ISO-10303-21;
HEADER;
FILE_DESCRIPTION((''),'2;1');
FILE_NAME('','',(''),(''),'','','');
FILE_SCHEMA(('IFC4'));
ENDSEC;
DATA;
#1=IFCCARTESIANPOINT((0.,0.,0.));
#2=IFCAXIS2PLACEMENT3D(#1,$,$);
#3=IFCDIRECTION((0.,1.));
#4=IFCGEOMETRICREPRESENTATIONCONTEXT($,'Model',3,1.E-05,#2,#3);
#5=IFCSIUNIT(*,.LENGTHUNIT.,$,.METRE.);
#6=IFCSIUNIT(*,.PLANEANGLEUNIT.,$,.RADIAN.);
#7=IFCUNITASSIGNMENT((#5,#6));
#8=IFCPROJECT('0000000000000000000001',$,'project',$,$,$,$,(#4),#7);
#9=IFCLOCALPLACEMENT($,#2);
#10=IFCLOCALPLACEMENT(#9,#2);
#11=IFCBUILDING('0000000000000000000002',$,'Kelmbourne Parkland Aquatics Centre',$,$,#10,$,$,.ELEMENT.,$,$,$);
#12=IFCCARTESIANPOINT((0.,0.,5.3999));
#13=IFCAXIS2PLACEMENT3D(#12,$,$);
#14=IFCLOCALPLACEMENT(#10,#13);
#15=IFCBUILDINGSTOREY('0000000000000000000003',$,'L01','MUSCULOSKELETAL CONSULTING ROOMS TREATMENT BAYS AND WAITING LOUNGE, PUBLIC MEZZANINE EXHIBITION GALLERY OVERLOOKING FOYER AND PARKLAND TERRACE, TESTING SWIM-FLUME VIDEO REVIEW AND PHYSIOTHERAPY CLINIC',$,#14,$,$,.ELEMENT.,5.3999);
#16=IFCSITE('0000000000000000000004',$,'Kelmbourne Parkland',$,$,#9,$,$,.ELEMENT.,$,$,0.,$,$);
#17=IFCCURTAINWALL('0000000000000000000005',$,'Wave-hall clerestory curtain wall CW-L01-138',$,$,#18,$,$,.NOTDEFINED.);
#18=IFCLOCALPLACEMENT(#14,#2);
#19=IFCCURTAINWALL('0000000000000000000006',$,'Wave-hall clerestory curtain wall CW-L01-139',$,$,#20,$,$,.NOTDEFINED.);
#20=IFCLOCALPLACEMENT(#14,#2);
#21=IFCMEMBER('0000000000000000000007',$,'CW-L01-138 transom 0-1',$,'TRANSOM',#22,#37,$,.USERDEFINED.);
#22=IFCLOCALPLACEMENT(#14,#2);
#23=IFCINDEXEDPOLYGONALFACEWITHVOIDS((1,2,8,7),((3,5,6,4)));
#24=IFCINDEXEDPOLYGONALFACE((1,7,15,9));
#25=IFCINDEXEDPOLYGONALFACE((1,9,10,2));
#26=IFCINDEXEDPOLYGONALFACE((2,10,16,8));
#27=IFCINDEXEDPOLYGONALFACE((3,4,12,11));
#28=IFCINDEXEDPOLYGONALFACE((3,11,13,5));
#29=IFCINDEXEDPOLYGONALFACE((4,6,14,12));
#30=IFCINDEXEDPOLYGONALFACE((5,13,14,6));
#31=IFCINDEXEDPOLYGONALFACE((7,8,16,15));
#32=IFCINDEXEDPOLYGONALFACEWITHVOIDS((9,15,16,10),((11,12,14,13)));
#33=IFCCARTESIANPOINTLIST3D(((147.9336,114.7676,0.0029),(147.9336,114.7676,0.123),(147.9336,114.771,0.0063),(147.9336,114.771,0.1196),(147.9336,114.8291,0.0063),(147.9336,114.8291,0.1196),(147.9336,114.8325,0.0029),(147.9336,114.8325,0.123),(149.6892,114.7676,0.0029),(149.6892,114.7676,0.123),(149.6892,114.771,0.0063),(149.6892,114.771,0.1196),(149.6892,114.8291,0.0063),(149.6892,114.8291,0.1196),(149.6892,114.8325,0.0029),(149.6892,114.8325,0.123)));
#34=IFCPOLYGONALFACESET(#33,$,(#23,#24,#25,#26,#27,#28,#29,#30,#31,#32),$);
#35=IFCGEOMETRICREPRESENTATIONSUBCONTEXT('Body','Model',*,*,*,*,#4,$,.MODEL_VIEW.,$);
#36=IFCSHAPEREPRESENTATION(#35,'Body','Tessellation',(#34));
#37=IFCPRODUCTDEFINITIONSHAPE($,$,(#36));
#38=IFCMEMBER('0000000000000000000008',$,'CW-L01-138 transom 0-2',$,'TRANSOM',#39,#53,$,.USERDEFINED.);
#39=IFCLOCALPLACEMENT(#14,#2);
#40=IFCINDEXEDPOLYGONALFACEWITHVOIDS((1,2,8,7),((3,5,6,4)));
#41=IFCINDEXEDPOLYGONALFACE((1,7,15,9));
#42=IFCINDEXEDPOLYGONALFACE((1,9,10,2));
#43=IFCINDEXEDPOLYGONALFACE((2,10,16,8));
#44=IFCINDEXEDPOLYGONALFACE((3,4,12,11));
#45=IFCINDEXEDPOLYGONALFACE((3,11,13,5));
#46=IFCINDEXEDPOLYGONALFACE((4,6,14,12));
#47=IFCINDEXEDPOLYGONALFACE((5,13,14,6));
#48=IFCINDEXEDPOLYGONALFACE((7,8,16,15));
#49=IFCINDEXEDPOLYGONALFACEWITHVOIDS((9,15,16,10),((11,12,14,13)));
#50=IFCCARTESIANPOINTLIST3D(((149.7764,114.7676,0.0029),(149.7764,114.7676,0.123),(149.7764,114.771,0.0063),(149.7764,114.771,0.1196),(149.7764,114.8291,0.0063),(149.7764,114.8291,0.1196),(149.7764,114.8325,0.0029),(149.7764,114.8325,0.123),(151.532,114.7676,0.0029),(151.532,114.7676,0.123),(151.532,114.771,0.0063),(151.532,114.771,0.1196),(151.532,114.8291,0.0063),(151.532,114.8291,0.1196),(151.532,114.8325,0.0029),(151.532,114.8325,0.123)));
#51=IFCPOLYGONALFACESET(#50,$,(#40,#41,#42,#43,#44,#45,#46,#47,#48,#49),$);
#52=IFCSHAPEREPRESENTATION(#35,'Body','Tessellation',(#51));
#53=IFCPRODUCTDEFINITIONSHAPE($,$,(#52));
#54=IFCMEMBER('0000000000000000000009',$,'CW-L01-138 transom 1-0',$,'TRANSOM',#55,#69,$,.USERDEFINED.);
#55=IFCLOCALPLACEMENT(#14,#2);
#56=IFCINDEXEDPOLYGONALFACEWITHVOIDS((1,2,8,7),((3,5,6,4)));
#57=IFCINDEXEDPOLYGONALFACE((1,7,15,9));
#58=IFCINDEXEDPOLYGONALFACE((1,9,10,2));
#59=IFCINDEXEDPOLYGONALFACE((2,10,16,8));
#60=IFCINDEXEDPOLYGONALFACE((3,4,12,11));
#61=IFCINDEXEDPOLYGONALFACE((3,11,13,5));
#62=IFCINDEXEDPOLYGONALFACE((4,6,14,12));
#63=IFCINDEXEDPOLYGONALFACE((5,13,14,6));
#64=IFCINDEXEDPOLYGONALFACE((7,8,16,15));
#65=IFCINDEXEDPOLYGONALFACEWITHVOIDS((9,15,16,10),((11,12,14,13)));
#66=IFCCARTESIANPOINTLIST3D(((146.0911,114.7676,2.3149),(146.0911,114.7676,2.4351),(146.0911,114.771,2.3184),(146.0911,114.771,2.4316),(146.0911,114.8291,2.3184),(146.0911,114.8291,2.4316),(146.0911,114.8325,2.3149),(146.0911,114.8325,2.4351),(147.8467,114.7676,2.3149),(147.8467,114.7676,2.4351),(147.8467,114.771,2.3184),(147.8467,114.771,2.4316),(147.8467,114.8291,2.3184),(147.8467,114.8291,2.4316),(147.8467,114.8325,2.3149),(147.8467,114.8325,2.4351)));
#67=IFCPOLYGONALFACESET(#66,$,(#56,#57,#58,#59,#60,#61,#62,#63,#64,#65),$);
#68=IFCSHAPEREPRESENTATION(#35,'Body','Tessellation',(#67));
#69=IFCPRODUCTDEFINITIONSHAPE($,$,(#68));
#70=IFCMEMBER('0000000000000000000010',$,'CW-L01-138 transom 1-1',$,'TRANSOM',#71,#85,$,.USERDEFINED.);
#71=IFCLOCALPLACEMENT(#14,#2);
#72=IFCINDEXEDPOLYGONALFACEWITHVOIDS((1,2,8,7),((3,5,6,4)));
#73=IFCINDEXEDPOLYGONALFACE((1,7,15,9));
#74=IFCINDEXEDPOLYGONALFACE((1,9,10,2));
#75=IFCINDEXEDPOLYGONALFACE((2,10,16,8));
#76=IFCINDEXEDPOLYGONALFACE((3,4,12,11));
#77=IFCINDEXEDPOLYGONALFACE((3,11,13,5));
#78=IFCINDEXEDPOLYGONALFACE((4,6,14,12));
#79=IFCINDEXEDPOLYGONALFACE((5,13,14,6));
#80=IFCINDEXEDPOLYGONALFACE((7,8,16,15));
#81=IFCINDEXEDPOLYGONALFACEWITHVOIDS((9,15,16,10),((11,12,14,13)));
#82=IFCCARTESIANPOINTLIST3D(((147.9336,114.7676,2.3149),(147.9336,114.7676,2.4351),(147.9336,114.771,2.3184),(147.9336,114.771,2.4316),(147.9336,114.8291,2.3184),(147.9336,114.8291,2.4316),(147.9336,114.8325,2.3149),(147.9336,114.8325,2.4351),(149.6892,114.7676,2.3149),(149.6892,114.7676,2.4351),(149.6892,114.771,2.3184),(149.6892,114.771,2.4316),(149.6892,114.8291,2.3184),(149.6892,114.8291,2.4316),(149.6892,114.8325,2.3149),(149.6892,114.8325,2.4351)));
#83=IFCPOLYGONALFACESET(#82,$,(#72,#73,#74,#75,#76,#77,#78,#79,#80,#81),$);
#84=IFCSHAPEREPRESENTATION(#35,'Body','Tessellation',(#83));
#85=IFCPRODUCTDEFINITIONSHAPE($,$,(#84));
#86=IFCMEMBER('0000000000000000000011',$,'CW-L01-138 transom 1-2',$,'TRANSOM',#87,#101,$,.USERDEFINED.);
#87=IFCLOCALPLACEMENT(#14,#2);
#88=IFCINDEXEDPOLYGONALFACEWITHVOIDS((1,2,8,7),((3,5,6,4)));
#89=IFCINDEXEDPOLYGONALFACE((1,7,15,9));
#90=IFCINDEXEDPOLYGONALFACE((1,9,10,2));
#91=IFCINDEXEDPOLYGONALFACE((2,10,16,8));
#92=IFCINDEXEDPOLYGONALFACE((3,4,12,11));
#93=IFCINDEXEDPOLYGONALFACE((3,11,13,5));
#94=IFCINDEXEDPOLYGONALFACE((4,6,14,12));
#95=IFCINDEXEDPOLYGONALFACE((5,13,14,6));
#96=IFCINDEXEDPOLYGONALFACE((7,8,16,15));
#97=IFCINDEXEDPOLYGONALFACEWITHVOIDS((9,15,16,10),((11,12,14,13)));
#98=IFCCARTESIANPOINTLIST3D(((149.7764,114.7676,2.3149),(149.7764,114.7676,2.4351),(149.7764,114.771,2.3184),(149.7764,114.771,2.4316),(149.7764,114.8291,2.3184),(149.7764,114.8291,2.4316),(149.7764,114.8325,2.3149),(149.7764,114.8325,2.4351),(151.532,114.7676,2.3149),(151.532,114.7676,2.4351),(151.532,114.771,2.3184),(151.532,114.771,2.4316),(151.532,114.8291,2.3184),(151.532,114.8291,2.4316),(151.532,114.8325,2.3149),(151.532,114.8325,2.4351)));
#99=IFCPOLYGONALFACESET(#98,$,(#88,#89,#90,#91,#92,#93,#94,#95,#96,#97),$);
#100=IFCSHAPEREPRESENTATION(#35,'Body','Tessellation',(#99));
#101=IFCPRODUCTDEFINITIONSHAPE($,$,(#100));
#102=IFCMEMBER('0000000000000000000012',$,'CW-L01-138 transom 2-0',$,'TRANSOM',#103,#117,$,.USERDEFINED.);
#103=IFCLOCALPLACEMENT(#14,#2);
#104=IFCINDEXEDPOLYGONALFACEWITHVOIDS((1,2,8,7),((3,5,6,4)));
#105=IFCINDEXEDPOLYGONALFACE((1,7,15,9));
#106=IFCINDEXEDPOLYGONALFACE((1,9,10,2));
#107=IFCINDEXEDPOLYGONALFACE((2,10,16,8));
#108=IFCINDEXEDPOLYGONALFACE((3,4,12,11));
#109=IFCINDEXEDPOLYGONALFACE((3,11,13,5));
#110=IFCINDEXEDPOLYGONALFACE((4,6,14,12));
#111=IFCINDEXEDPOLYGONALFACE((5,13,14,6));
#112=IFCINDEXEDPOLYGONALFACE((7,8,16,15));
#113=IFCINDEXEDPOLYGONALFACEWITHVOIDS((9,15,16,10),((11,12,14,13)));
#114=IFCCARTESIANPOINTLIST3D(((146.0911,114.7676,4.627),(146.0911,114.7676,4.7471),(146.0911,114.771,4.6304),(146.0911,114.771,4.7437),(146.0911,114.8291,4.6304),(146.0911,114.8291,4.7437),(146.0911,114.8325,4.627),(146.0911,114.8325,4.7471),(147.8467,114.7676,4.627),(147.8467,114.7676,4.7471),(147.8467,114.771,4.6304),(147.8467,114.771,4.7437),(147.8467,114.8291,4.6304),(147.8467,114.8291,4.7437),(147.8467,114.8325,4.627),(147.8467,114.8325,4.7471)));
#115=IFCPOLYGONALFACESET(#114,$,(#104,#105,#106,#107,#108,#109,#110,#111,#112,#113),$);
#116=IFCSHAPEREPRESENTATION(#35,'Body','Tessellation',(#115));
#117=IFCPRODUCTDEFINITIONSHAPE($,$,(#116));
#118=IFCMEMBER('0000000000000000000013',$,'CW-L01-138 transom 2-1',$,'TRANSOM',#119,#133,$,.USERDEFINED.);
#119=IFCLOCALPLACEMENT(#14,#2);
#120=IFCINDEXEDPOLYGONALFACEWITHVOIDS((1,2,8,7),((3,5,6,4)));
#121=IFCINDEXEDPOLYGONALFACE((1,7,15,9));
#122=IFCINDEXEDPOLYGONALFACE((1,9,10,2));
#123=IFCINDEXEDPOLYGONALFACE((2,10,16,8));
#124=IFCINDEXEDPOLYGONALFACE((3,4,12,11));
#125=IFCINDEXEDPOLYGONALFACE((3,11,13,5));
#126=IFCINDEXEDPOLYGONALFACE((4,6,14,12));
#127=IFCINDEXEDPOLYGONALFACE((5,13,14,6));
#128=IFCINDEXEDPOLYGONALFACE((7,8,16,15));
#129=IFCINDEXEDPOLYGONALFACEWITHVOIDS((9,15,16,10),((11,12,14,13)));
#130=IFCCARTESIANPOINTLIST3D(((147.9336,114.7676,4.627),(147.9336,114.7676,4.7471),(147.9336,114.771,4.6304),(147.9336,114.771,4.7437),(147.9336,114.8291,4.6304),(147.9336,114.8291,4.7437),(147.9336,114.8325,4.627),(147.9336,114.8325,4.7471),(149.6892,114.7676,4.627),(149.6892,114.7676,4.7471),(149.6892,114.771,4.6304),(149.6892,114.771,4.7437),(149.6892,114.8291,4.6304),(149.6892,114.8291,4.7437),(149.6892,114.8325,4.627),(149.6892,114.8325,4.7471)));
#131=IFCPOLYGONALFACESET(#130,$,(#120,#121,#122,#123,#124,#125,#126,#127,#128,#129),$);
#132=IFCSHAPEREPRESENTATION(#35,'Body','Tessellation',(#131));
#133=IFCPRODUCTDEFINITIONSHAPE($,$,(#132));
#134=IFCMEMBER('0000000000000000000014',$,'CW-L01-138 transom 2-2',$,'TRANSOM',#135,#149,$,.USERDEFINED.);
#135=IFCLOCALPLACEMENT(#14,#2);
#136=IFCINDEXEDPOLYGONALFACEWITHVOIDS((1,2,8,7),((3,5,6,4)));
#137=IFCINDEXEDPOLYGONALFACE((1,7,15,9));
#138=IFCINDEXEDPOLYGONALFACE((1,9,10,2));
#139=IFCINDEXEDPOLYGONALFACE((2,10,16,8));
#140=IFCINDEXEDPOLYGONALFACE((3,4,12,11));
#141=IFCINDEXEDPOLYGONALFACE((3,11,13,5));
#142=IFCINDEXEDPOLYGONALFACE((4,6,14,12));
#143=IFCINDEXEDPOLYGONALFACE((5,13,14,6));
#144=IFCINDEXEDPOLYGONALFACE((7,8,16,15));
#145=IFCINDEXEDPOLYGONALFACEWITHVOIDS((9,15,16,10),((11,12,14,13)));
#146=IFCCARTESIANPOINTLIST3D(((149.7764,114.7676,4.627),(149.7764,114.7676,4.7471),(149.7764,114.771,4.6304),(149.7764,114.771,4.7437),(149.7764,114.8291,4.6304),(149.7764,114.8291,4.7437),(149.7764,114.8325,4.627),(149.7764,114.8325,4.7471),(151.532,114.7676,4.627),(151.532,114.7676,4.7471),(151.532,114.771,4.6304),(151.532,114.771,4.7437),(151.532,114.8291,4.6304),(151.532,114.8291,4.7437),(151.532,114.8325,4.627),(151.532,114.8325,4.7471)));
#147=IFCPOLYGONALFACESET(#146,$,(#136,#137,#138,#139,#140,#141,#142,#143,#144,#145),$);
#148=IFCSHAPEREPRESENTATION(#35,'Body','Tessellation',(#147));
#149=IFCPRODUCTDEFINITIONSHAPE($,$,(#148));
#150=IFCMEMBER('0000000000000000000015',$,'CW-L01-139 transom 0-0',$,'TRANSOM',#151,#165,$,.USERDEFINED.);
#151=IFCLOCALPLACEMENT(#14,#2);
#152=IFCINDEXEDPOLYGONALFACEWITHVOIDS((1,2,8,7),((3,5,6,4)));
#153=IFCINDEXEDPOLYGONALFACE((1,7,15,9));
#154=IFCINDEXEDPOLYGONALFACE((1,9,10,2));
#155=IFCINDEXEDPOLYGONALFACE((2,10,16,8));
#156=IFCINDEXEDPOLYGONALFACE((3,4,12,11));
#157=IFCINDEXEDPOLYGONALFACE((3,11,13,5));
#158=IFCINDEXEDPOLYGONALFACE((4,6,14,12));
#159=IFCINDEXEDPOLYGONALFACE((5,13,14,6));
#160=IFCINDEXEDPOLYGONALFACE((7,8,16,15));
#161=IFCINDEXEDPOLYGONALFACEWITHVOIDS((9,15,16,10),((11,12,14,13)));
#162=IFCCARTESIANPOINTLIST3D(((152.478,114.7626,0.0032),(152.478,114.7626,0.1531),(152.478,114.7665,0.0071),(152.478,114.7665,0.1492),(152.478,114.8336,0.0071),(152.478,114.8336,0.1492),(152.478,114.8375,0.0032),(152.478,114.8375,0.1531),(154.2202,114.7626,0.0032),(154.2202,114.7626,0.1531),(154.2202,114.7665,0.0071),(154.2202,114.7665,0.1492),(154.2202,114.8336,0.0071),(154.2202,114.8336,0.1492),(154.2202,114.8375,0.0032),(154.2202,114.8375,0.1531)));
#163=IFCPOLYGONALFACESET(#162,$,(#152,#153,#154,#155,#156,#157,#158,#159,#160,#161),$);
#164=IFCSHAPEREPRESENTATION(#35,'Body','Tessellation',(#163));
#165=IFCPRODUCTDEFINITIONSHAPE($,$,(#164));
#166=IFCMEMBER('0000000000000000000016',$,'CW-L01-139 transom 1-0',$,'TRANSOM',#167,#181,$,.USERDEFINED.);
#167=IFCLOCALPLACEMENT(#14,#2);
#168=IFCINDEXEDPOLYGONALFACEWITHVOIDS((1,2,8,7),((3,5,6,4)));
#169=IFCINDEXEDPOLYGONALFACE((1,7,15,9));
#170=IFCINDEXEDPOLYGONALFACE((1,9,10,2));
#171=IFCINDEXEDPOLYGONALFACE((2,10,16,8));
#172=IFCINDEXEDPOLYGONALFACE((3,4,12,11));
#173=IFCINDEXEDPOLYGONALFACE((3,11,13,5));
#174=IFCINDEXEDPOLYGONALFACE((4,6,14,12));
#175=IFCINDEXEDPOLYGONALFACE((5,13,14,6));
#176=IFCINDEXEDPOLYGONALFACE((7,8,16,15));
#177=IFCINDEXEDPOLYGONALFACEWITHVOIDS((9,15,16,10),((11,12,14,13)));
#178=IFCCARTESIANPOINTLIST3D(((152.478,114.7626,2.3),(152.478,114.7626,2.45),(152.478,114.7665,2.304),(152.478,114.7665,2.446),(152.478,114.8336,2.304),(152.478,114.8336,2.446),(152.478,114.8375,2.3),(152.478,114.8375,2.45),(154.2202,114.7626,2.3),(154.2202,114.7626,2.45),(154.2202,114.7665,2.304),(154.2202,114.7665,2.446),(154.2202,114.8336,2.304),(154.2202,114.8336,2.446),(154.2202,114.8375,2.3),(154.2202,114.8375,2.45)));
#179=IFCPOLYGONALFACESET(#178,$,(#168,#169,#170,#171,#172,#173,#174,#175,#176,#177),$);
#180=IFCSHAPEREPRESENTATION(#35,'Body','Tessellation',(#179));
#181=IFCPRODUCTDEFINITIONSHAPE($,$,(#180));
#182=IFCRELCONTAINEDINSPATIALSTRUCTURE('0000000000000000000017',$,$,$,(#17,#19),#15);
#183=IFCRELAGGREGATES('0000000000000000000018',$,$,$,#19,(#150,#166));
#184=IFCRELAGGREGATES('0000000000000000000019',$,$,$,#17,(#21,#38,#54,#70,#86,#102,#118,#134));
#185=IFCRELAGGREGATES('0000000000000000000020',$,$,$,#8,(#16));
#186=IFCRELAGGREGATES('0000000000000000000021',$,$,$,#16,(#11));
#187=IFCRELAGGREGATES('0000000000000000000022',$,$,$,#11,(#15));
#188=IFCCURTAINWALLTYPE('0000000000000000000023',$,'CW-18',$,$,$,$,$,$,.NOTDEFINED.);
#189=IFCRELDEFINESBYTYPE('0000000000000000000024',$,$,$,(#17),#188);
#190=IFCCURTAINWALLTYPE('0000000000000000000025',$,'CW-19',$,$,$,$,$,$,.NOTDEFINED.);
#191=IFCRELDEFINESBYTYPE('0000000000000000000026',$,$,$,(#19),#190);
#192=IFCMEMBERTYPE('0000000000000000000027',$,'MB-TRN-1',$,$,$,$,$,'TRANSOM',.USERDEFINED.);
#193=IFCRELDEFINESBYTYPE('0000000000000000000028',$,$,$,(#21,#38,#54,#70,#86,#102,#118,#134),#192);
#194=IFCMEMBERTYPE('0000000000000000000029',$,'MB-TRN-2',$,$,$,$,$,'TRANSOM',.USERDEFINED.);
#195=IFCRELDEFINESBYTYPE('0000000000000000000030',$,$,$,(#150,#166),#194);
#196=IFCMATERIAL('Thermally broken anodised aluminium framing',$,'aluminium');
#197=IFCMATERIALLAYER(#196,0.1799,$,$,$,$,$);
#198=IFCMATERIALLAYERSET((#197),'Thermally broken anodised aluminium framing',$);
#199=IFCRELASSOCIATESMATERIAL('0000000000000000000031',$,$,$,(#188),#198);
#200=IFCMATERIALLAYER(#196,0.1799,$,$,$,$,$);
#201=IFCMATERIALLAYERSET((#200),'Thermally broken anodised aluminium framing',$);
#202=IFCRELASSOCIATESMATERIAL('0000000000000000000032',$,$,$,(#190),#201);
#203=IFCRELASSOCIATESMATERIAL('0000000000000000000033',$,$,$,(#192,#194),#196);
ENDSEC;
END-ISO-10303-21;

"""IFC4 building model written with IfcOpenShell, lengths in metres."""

from ifc_helpers import new_model, si_unit, direction, frame, origin, origin_2d, place, context, subcontext, project, spatial, hollow_rectangle, extrude, material, layer, layer_set, material_profile, profile_set, type_object, element, aggregate, save


model = new_model("IFC4")

# Units and contexts
model_context = context("Model", 3, precision=1e-05, world=origin(), true_north=direction((0.0, 1.0)))
body_context = subcontext(model_context, "Body", "Model", "MODEL_VIEW")
ifc_project = project(units=[si_unit("LENGTHUNIT", "METRE"), si_unit("PLANEANGLEUNIT", "RADIAN")], contexts=[model_context])

# Site, building, storey
site_placement = place(None, origin())
site = spatial("IfcSite", under=ifc_project, at=site_placement, Name="Kelmbourne Parkland", CompositionType="ELEMENT", RefElevation=0.0)
building_placement = place(site_placement, origin())
building = spatial("IfcBuilding", under=site, at=building_placement, Name="Kelmbourne Parkland Aquatics Centre", CompositionType="ELEMENT")
storey_placement = place(building_placement, frame((0.0, 0.0, 5.3999)))
storey = spatial("IfcBuildingStorey", under=building, at=storey_placement, Name="L01", Description="MUSCULOSKELETAL CONSULTING ROOMS TREATMENT BAYS AND WAITING LOUNGE, PUBLIC MEZZANINE EXHIBITION GALLERY OVERLOOKING FOYER AND PARKLAND TERRACE, TESTING SWIM-FLUME VIDEO REVIEW AND PHYSIOTHERAPY CLINIC", CompositionType="ELEMENT", Elevation=5.3999)

# Curtain wall
ifc_material_1 = material(Name="Thermally broken anodised aluminium framing", Category="aluminium")
ifc_layer_1 = layer(ifc_material_1, 0.1799)
ifc_layer_set_1 = layer_set([ifc_layer_1], Name="Thermally broken anodised aluminium framing")
curtain_wall_type_1 = type_object("IfcCurtainWallType", Name="CW-18", PredefinedType="NOTDEFINED", material=ifc_layer_set_1)
curtain_wall_1_placement = place(storey_placement, origin())
curtain_wall_1 = element("IfcCurtainWall", 1, at=curtain_wall_1_placement, inside=storey, type_object=curtain_wall_type_1, Name="Wave-hall clerestory curtain wall CW-L01-138", PredefinedType="NOTDEFINED")

# Curtain wall
ifc_layer_2 = layer(ifc_material_1, 0.1799)
ifc_layer_set_2 = layer_set([ifc_layer_2], Name="Thermally broken anodised aluminium framing")
curtain_wall_type_2 = type_object("IfcCurtainWallType", Name="CW-19", PredefinedType="NOTDEFINED", material=ifc_layer_set_2)
curtain_wall_2_placement = place(storey_placement, origin())
curtain_wall_2 = element("IfcCurtainWall", 2, at=curtain_wall_2_placement, inside=storey, type_object=curtain_wall_type_2, Name="Wave-hall clerestory curtain wall CW-L01-139", PredefinedType="NOTDEFINED")

# Members
ifc_material_profile_1 = material_profile(ifc_material_1, hollow_rectangle(XDim=0.0649, YDim=0.1201, WallThickness=0.0034, at=origin_2d()), Name="CW-T 65x120")
ifc_profile_set_1 = profile_set([ifc_material_profile_1], Name="Thermally broken anodised aluminium framing")
member_type_1 = type_object("IfcMemberType", Name="MB-TRN-1", ElementType="TRANSOM", PredefinedType="USERDEFINED", material=ifc_profile_set_1)
member_1_placement = place(storey_placement, frame((147.9336, 114.8, 0.063), z_axis=(1.0, 0.0, 0.0), x_axis=(0.0, 1.0, 0.0)))
member_1 = element("IfcMember", 3, at=member_1_placement, type_object=member_type_1, Name="CW-L01-138 transom 0-1", ObjectType="TRANSOM", PredefinedType="USERDEFINED", context=body_context, shape_type="SweptSolid", body=[
    extrude(hollow_rectangle(XDim=0.0649, YDim=0.1201, WallThickness=0.0034, at=origin_2d()), origin(), (0.0, 0.0, 1.0), 1.7556),
])
member_2_placement = place(storey_placement, frame((149.7764, 114.8, 0.063), z_axis=(1.0, 0.0, 0.0), x_axis=(0.0, 1.0, 0.0)))
member_2 = element("IfcMember", 4, at=member_2_placement, type_object=member_type_1, Name="CW-L01-138 transom 0-2", ObjectType="TRANSOM", PredefinedType="USERDEFINED", context=body_context, shape_type="SweptSolid", body=[
    extrude(hollow_rectangle(XDim=0.0649, YDim=0.1201, WallThickness=0.0034, at=origin_2d()), origin(), (0.0, 0.0, 1.0), 1.7556),
])
member_3_placement = place(storey_placement, frame((146.0911, 114.8, 2.375), z_axis=(1.0, 0.0, 0.0), x_axis=(0.0, 1.0, 0.0)))
member_3 = element("IfcMember", 5, at=member_3_placement, type_object=member_type_1, Name="CW-L01-138 transom 1-0", ObjectType="TRANSOM", PredefinedType="USERDEFINED", context=body_context, shape_type="SweptSolid", body=[
    extrude(hollow_rectangle(XDim=0.0649, YDim=0.1201, WallThickness=0.0034, at=origin_2d()), origin(), (0.0, 0.0, 1.0), 1.7556),
])
member_4_placement = place(storey_placement, frame((147.9336, 114.8, 2.375), z_axis=(1.0, 0.0, 0.0), x_axis=(0.0, 1.0, 0.0)))
member_4 = element("IfcMember", 6, at=member_4_placement, type_object=member_type_1, Name="CW-L01-138 transom 1-1", ObjectType="TRANSOM", PredefinedType="USERDEFINED", context=body_context, shape_type="SweptSolid", body=[
    extrude(hollow_rectangle(XDim=0.0649, YDim=0.1201, WallThickness=0.0034, at=origin_2d()), origin(), (0.0, 0.0, 1.0), 1.7556),
])
member_5_placement = place(storey_placement, frame((149.7764, 114.8, 2.375), z_axis=(1.0, 0.0, 0.0), x_axis=(0.0, 1.0, 0.0)))
member_5 = element("IfcMember", 7, at=member_5_placement, type_object=member_type_1, Name="CW-L01-138 transom 1-2", ObjectType="TRANSOM", PredefinedType="USERDEFINED", context=body_context, shape_type="SweptSolid", body=[
    extrude(hollow_rectangle(XDim=0.0649, YDim=0.1201, WallThickness=0.0034, at=origin_2d()), origin(), (0.0, 0.0, 1.0), 1.7556),
])
member_6_placement = place(storey_placement, frame((146.0911, 114.8, 4.687), z_axis=(1.0, 0.0, 0.0), x_axis=(0.0, 1.0, 0.0)))
member_6 = element("IfcMember", 8, at=member_6_placement, type_object=member_type_1, Name="CW-L01-138 transom 2-0", ObjectType="TRANSOM", PredefinedType="USERDEFINED", context=body_context, shape_type="SweptSolid", body=[
    extrude(hollow_rectangle(XDim=0.0649, YDim=0.1201, WallThickness=0.0034, at=origin_2d()), origin(), (0.0, 0.0, 1.0), 1.7556),
])
member_7_placement = place(storey_placement, frame((147.9336, 114.8, 4.687), z_axis=(1.0, 0.0, 0.0), x_axis=(0.0, 1.0, 0.0)))
member_7 = element("IfcMember", 9, at=member_7_placement, type_object=member_type_1, Name="CW-L01-138 transom 2-1", ObjectType="TRANSOM", PredefinedType="USERDEFINED", context=body_context, shape_type="SweptSolid", body=[
    extrude(hollow_rectangle(XDim=0.0649, YDim=0.1201, WallThickness=0.0034, at=origin_2d()), origin(), (0.0, 0.0, 1.0), 1.7556),
])
member_8_placement = place(storey_placement, frame((149.7764, 114.8, 4.687), z_axis=(1.0, 0.0, 0.0), x_axis=(0.0, 1.0, 0.0)))
member_8 = element("IfcMember", 10, at=member_8_placement, type_object=member_type_1, Name="CW-L01-138 transom 2-2", ObjectType="TRANSOM", PredefinedType="USERDEFINED", context=body_context, shape_type="SweptSolid", body=[
    extrude(hollow_rectangle(XDim=0.0649, YDim=0.1201, WallThickness=0.0034, at=origin_2d()), origin(), (0.0, 0.0, 1.0), 1.7556),
])
ifc_material_profile_2 = material_profile(ifc_material_1, hollow_rectangle(XDim=0.075, YDim=0.1499, WallThickness=0.0039, at=origin_2d()), Name="CW-T 75x150")
ifc_profile_set_2 = profile_set([ifc_material_profile_2], Name="Thermally broken anodised aluminium framing")
member_type_2 = type_object("IfcMemberType", Name="MB-TRN-2", ElementType="TRANSOM", PredefinedType="USERDEFINED", material=ifc_profile_set_2)
member_9_placement = place(storey_placement, frame((152.478, 114.8, 0.0781), z_axis=(1.0, 0.0, 0.0), x_axis=(0.0, 1.0, 0.0)))
member_9 = element("IfcMember", 11, at=member_9_placement, type_object=member_type_2, Name="CW-L01-139 transom 0-0", ObjectType="TRANSOM", PredefinedType="USERDEFINED", context=body_context, shape_type="SweptSolid", body=[
    extrude(hollow_rectangle(XDim=0.075, YDim=0.1499, WallThickness=0.0039, at=origin_2d()), origin(), (0.0, 0.0, 1.0), 1.7422),
])
member_10_placement = place(storey_placement, frame((152.478, 114.8, 2.375), z_axis=(1.0, 0.0, 0.0), x_axis=(0.0, 1.0, 0.0)))
member_10 = element("IfcMember", 12, at=member_10_placement, type_object=member_type_2, Name="CW-L01-139 transom 1-0", ObjectType="TRANSOM", PredefinedType="USERDEFINED", context=body_context, shape_type="SweptSolid", body=[
    extrude(hollow_rectangle(XDim=0.075, YDim=0.1499, WallThickness=0.0039, at=origin_2d()), origin(), (0.0, 0.0, 1.0), 1.7422),
])
aggregate(curtain_wall_2, [member_9, member_10])

aggregate(curtain_wall_1, [member_1, member_2, member_3, member_4, member_5, member_6, member_7, member_8])

save(model, "model.ifc")
